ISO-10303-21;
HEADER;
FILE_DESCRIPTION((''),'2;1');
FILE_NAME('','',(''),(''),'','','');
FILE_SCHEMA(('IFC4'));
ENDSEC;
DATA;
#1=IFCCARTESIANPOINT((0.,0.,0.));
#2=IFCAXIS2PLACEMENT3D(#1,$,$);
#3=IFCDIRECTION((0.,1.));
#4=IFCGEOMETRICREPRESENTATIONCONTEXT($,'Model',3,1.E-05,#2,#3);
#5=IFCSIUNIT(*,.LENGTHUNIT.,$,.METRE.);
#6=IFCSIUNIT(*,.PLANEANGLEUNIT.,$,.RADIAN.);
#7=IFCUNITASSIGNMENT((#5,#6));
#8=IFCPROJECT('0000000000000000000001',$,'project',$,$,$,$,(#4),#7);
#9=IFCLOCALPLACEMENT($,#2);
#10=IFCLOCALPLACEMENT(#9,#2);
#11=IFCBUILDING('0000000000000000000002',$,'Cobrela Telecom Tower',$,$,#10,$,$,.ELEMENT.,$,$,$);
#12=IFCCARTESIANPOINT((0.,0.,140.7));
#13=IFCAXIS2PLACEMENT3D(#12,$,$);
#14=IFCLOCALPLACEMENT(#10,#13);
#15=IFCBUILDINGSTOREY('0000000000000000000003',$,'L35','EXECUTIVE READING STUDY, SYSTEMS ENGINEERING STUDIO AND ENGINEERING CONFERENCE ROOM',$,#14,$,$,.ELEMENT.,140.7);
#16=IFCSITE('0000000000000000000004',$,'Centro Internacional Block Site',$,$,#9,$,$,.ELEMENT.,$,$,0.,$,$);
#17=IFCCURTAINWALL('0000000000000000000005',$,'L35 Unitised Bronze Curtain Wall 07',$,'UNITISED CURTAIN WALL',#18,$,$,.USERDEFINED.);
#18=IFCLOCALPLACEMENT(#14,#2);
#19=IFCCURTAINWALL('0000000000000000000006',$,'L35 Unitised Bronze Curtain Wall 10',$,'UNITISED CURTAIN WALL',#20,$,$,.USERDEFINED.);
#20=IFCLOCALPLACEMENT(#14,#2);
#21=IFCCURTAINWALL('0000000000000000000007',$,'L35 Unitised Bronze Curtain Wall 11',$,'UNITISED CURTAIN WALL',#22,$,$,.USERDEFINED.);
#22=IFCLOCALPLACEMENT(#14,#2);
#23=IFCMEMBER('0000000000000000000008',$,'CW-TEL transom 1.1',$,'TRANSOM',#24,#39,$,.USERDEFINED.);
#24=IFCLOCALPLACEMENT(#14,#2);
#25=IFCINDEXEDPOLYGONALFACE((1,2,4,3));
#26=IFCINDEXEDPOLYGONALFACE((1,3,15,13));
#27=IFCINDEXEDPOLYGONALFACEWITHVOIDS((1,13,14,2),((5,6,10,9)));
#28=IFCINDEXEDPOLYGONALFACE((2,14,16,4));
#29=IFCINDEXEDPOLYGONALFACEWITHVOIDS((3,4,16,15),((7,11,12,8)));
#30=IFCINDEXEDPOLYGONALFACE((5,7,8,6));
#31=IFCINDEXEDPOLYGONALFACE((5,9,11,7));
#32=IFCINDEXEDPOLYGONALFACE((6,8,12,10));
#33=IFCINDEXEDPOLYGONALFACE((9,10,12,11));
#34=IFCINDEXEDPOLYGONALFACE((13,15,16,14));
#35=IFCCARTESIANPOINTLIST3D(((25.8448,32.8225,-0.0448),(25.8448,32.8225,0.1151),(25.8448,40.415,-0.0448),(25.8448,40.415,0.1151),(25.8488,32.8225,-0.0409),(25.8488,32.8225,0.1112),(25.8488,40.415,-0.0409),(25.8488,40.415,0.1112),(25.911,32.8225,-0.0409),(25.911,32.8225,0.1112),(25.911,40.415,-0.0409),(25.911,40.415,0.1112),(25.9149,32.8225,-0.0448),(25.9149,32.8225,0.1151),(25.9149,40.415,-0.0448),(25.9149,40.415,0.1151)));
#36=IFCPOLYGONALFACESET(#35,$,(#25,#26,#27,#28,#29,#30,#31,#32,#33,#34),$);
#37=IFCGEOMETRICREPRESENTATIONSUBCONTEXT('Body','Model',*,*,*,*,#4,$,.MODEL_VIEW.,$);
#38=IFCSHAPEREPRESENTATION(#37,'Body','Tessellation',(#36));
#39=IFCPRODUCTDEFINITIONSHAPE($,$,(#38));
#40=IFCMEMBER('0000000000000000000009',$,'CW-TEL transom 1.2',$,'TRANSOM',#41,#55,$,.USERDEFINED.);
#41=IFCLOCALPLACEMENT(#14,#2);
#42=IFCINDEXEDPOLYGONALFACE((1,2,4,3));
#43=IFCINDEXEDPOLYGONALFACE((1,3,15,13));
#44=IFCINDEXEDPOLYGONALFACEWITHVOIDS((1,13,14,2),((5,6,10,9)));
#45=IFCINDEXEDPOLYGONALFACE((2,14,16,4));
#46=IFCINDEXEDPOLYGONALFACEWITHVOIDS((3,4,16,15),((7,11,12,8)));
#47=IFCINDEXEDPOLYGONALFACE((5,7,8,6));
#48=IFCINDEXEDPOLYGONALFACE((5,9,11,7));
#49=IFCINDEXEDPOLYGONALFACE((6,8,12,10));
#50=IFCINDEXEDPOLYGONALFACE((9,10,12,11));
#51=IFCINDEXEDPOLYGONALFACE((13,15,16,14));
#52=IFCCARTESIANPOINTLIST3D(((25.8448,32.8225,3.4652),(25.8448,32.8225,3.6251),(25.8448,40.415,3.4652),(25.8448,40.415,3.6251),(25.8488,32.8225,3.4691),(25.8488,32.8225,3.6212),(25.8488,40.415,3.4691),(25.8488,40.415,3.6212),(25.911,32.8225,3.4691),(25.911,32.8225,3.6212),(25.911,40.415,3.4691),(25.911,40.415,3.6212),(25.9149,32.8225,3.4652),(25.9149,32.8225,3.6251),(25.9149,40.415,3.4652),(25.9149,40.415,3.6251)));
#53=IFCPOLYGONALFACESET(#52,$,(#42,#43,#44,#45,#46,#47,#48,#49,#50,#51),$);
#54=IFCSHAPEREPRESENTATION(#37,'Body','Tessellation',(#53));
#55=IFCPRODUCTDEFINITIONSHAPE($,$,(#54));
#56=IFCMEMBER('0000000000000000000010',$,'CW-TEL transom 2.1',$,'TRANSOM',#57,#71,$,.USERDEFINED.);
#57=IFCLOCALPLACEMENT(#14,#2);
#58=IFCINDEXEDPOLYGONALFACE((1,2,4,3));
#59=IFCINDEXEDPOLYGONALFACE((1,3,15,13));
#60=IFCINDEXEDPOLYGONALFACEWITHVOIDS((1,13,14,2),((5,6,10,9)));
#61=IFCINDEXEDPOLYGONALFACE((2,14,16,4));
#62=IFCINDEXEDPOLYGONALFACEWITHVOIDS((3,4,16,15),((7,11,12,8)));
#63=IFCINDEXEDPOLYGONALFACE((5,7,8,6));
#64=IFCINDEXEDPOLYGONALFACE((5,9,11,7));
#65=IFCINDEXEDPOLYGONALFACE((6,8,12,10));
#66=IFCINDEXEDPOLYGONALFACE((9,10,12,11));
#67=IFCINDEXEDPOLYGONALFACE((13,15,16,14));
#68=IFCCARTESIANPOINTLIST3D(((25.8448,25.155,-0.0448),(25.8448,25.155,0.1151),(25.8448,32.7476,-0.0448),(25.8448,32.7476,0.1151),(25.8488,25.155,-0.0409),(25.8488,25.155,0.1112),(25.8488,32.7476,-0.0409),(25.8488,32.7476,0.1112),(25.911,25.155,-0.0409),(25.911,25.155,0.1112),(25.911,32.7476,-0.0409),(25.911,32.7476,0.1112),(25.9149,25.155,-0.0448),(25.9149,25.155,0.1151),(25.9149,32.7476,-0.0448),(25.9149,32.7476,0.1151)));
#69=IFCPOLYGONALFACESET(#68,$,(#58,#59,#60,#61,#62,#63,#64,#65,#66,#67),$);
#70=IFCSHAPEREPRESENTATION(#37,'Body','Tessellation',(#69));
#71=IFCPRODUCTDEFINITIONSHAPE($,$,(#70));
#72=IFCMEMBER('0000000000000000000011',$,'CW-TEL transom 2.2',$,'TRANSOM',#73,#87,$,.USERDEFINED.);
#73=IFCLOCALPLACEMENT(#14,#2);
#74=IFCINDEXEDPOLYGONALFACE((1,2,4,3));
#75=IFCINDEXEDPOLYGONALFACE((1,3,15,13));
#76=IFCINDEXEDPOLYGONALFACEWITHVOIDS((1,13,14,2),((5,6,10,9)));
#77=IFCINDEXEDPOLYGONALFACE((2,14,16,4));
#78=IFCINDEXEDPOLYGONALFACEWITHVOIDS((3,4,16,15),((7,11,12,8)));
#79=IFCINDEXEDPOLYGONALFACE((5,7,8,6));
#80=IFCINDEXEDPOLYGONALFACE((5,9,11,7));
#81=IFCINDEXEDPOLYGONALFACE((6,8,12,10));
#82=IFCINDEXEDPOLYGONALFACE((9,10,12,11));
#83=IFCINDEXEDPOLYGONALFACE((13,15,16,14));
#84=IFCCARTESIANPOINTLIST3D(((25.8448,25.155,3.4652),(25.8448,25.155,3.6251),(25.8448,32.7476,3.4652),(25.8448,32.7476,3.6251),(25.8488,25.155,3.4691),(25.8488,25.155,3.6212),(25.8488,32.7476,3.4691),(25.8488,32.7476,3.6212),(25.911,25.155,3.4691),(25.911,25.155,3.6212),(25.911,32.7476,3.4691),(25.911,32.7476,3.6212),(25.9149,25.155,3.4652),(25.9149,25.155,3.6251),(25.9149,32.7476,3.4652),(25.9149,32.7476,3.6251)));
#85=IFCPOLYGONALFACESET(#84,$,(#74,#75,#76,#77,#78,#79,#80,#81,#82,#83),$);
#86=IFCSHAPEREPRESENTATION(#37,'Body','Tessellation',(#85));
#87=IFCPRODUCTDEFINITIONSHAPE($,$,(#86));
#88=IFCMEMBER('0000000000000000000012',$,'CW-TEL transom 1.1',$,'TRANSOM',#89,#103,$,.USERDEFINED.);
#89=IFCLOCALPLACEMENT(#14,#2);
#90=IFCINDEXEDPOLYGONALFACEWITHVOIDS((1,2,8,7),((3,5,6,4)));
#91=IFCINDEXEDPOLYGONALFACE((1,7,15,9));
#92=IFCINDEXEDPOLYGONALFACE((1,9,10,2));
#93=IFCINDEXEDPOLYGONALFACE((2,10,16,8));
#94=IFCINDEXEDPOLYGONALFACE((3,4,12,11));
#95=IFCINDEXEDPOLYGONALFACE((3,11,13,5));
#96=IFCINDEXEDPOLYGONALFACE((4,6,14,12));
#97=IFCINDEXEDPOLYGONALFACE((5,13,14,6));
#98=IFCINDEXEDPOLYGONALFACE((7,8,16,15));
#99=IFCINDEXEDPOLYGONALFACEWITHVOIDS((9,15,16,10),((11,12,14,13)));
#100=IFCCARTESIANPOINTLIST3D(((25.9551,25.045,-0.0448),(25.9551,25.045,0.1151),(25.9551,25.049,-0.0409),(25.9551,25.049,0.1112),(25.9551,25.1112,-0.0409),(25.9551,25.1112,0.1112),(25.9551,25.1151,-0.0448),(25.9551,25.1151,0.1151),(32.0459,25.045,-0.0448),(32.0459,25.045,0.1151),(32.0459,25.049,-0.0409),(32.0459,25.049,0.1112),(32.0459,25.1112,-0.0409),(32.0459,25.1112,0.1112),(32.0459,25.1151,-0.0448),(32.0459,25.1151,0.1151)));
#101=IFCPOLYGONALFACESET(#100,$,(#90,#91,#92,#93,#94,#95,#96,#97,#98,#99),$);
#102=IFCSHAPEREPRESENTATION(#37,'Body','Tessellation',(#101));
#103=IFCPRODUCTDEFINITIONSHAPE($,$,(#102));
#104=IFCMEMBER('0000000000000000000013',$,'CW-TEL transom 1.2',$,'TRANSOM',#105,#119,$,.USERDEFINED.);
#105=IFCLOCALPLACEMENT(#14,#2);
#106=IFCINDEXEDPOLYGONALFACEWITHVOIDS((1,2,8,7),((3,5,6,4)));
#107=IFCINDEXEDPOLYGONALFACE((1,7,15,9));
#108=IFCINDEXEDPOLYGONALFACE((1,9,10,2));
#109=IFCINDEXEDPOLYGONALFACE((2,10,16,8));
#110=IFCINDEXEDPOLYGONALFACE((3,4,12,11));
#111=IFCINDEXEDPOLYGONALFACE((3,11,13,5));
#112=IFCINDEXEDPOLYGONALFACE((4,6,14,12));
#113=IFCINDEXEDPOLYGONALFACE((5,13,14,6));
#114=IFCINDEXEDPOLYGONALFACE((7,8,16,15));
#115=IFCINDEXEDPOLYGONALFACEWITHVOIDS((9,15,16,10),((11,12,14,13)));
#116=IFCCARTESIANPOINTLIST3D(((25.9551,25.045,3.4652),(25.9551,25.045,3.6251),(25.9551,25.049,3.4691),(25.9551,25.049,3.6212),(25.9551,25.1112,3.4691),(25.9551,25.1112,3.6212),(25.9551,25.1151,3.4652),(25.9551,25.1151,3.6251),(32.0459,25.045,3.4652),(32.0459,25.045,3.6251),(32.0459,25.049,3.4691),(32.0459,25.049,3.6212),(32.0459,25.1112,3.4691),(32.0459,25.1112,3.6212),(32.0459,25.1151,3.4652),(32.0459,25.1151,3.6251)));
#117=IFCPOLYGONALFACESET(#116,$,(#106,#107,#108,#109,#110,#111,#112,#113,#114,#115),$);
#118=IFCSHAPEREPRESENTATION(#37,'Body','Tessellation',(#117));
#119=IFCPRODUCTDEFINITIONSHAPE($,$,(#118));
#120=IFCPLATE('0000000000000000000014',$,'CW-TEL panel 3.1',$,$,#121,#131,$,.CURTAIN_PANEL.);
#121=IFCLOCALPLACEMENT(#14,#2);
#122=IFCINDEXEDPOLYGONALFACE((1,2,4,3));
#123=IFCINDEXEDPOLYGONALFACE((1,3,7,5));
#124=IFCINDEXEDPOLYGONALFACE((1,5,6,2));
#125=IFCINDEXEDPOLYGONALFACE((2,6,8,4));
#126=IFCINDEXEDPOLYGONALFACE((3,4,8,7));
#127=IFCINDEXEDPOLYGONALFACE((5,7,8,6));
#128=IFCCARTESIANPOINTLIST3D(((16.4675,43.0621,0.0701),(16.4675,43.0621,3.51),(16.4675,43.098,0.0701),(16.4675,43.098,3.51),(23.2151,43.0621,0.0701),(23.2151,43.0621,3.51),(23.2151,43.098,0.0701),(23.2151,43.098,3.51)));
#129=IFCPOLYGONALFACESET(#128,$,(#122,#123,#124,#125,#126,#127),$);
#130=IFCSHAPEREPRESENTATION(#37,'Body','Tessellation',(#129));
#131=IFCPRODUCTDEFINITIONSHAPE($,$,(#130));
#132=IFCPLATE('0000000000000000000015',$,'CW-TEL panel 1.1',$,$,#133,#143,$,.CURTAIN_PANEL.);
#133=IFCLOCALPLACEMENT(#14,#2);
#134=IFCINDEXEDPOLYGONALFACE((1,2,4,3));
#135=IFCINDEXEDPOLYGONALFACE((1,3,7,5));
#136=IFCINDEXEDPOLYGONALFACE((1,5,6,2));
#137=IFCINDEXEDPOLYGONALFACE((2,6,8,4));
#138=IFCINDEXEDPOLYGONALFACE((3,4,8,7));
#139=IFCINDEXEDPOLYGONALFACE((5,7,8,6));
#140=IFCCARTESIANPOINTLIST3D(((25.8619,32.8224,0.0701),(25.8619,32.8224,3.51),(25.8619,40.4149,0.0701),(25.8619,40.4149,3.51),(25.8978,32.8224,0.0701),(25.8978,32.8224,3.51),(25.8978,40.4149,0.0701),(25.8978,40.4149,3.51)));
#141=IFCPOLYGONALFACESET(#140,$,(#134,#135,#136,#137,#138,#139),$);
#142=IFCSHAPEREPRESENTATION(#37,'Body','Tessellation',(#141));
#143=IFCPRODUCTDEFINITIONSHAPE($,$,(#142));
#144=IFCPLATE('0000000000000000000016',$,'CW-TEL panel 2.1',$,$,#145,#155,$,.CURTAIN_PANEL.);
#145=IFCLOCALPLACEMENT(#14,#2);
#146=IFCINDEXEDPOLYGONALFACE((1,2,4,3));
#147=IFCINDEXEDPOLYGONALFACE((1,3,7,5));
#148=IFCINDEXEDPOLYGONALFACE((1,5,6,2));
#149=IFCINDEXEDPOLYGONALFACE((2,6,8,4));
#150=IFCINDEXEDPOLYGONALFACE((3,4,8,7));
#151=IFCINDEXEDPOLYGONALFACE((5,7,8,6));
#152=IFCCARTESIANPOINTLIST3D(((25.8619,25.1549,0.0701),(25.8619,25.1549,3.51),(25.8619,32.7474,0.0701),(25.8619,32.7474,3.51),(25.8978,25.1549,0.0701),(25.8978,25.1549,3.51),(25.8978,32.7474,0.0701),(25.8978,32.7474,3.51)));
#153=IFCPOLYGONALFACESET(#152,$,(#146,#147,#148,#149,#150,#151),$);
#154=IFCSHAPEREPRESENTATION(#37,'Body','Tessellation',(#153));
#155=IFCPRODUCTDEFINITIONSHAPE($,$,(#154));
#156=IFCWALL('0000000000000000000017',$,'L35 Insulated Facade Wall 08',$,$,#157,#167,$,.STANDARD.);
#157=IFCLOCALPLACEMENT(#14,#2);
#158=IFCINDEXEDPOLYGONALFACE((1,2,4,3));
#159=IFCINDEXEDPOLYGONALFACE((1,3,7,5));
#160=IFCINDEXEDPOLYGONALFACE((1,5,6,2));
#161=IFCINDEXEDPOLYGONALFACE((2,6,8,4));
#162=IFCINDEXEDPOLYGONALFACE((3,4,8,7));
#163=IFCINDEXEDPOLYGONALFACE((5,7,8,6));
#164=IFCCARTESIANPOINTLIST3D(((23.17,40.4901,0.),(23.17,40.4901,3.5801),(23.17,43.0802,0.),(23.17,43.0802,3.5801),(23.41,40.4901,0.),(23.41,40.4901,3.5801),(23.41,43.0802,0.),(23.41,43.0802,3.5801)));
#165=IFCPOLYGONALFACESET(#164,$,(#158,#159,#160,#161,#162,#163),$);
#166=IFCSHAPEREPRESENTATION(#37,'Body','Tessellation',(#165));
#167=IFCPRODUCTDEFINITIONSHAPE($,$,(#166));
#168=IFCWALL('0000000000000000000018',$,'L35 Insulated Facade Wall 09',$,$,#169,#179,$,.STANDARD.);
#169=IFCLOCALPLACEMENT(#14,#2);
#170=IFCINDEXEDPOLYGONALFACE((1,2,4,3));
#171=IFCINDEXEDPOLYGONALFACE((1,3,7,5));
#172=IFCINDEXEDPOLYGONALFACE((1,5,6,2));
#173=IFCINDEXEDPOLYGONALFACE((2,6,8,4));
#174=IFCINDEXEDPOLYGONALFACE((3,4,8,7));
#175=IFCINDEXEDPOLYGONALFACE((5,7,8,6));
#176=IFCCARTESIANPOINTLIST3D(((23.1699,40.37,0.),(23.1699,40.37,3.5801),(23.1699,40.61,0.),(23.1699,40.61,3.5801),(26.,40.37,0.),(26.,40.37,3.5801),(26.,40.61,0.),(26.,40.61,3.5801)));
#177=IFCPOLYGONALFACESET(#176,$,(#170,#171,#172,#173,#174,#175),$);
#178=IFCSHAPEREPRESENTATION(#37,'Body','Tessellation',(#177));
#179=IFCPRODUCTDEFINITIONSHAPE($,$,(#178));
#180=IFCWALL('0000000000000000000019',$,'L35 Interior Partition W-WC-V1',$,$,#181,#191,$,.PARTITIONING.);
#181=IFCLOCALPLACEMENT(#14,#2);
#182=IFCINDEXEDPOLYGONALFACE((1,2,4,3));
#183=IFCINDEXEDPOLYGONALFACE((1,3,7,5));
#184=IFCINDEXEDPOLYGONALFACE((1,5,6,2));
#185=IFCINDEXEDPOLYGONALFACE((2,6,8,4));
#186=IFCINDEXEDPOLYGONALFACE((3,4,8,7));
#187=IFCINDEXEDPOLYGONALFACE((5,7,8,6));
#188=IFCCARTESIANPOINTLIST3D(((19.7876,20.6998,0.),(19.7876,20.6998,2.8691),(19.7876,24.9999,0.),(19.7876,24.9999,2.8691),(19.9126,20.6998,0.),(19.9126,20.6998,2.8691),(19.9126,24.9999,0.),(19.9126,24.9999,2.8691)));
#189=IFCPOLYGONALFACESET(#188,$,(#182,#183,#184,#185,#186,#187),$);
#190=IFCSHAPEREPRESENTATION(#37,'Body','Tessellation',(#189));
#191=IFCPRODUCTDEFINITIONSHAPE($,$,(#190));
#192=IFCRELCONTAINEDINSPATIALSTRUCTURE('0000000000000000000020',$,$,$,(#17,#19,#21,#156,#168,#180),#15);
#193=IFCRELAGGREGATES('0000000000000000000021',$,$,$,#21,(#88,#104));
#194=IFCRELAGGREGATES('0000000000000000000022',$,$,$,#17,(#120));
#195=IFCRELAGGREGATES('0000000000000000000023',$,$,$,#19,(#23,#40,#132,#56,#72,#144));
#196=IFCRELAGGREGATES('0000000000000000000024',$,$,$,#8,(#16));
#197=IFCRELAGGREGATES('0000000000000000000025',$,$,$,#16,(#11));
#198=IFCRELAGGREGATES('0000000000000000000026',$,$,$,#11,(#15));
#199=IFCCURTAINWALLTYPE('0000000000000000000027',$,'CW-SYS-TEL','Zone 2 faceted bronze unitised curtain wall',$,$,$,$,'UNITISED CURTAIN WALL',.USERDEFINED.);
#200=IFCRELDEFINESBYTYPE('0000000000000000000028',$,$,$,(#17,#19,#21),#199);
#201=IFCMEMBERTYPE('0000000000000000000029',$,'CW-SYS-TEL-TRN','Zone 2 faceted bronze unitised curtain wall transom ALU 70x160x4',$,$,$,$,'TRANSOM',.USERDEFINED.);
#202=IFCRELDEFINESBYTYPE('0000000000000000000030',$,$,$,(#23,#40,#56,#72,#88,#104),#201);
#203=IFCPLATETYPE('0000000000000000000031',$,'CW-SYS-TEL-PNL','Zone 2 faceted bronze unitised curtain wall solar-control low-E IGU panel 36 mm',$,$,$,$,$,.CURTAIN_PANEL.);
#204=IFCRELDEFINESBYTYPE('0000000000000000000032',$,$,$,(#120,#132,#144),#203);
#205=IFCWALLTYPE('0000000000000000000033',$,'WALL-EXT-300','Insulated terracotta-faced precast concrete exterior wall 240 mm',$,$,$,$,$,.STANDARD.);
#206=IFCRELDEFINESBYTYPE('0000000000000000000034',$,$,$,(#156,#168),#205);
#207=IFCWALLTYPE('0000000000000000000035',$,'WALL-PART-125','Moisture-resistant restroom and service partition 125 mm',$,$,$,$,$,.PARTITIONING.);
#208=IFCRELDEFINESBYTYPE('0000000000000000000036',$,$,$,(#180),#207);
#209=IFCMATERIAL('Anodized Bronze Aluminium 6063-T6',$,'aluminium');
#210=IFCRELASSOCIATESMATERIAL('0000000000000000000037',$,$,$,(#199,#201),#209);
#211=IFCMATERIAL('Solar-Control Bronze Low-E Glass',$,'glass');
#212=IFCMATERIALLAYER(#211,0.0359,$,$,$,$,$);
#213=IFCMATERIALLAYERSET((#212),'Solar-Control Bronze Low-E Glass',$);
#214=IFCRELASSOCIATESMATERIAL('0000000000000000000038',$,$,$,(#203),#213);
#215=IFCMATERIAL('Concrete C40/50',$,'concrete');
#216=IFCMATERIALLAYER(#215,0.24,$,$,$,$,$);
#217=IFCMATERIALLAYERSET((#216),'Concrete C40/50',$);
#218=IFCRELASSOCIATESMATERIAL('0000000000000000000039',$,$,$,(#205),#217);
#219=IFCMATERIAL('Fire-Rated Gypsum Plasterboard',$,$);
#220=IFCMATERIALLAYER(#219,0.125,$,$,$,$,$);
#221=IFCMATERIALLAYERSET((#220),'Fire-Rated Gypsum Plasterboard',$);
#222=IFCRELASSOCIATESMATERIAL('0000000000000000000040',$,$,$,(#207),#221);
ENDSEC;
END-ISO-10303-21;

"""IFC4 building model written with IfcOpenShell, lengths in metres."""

from ifc_helpers import new_model, si_unit, direction, frame, frame_2d, origin, origin_2d, place, context, subcontext, project, spatial, rectangle, hollow_rectangle, extrude, material, layer, layer_set, material_profile, profile_set, type_object, element, aggregate, save


model = new_model("IFC4")

# Units and contexts
model_context = context("Model", 3, precision=1e-05, world=origin(), true_north=direction((0.0, 1.0)))
body_context = subcontext(model_context, "Body", "Model", "MODEL_VIEW")
ifc_project = project(units=[si_unit("LENGTHUNIT", "METRE"), si_unit("PLANEANGLEUNIT", "RADIAN")], contexts=[model_context])

# Site, building, storey
site_placement = place(None, origin())
site = spatial("IfcSite", under=ifc_project, at=site_placement, Name="Centro Internacional Block Site", CompositionType="ELEMENT", RefElevation=0.0)
building_placement = place(site_placement, origin())
building = spatial("IfcBuilding", under=site, at=building_placement, Name="Cobrela Telecom Tower", CompositionType="ELEMENT")
storey_placement = place(building_placement, frame((0.0, 0.0, 140.7)))
storey = spatial("IfcBuildingStorey", under=building, at=storey_placement, Name="L35", Description="EXECUTIVE READING STUDY, SYSTEMS ENGINEERING STUDIO AND ENGINEERING CONFERENCE ROOM", CompositionType="ELEMENT", Elevation=140.7)

# Curtain wall
ifc_material_1 = material(Name="Anodized Bronze Aluminium 6063-T6", Category="aluminium")
curtain_wall_type = type_object("IfcCurtainWallType", Name="CW-SYS-TEL", Description="Zone 2 faceted bronze unitised curtain wall", ElementType="UNITISED CURTAIN WALL", PredefinedType="USERDEFINED", material=ifc_material_1)
curtain_wall_1_placement = place(storey_placement, origin())
curtain_wall_1 = element("IfcCurtainWall", 1, at=curtain_wall_1_placement, inside=storey, type_object=curtain_wall_type, Name="L35 Unitised Bronze Curtain Wall 07", ObjectType="UNITISED CURTAIN WALL", PredefinedType="USERDEFINED")

# Curtain wall
curtain_wall_2_placement = place(storey_placement, origin())
curtain_wall_2 = element("IfcCurtainWall", 2, at=curtain_wall_2_placement, inside=storey, type_object=curtain_wall_type, Name="L35 Unitised Bronze Curtain Wall 10", ObjectType="UNITISED CURTAIN WALL", PredefinedType="USERDEFINED")

# Curtain wall
curtain_wall_3_placement = place(storey_placement, origin())
curtain_wall_3 = element("IfcCurtainWall", 3, at=curtain_wall_3_placement, inside=storey, type_object=curtain_wall_type, Name="L35 Unitised Bronze Curtain Wall 11", ObjectType="UNITISED CURTAIN WALL", PredefinedType="USERDEFINED")

# Members
ifc_material_profile_1 = material_profile(ifc_material_1, hollow_rectangle(XDim=0.0701, YDim=0.1599, WallThickness=0.0039, at=origin_2d()), Name="ALU 70x160x4")
ifc_profile_set_1 = profile_set([ifc_material_profile_1], Name="Anodized Bronze Aluminium 6063-T6")
member_type_1 = type_object("IfcMemberType", Name="CW-SYS-TEL-TRN", Description="Zone 2 faceted bronze unitised curtain wall transom ALU 70x160x4", ElementType="TRANSOM", PredefinedType="USERDEFINED", material=ifc_profile_set_1)
member_1_placement = place(storey_placement, frame((25.8799, 40.415, 0.0352), z_axis=(0.0, -1.0, 0.0), x_axis=(1.0, 0.0, 0.0)))
member_1 = element("IfcMember", 4, at=member_1_placement, type_object=member_type_1, Name="CW-TEL transom 1.1", ObjectType="TRANSOM", PredefinedType="USERDEFINED", context=body_context, shape_type="SweptSolid", body=[
    extrude(hollow_rectangle(XDim=0.0701, YDim=0.1599, WallThickness=0.0039, at=origin_2d()), origin(), (0.0, 0.0, 1.0), 7.5925),
])
member_2_placement = place(storey_placement, frame((25.8799, 40.415, 3.5452), z_axis=(0.0, -1.0, 0.0), x_axis=(1.0, 0.0, 0.0)))
member_2 = element("IfcMember", 5, at=member_2_placement, type_object=member_type_1, Name="CW-TEL transom 1.2", ObjectType="TRANSOM", PredefinedType="USERDEFINED", context=body_context, shape_type="SweptSolid", body=[
    extrude(hollow_rectangle(XDim=0.0701, YDim=0.1599, WallThickness=0.0039, at=origin_2d()), origin(), (0.0, 0.0, 1.0), 7.5925),
])
member_3_placement = place(storey_placement, frame((25.8799, 32.7476, 0.0352), z_axis=(0.0, -1.0, 0.0), x_axis=(1.0, 0.0, 0.0)))
member_3 = element("IfcMember", 6, at=member_3_placement, type_object=member_type_1, Name="CW-TEL transom 2.1", ObjectType="TRANSOM", PredefinedType="USERDEFINED", context=body_context, shape_type="SweptSolid", body=[
    extrude(hollow_rectangle(XDim=0.0701, YDim=0.1599, WallThickness=0.0039, at=origin_2d()), origin(), (0.0, 0.0, 1.0), 7.5925),
])
member_4_placement = place(storey_placement, frame((25.8799, 32.7476, 3.5452), z_axis=(0.0, -1.0, 0.0), x_axis=(1.0, 0.0, 0.0)))
member_4 = element("IfcMember", 7, at=member_4_placement, type_object=member_type_1, Name="CW-TEL transom 2.2", ObjectType="TRANSOM", PredefinedType="USERDEFINED", context=body_context, shape_type="SweptSolid", body=[
    extrude(hollow_rectangle(XDim=0.0701, YDim=0.1599, WallThickness=0.0039, at=origin_2d()), origin(), (0.0, 0.0, 1.0), 7.5925),
])
member_5_placement = place(storey_placement, frame((25.9551, 25.0801, 0.0352), z_axis=(1.0, 0.0, 0.0), x_axis=(0.0, 1.0, 0.0)))
member_5 = element("IfcMember", 8, at=member_5_placement, type_object=member_type_1, Name="CW-TEL transom 1.1", ObjectType="TRANSOM", PredefinedType="USERDEFINED", context=body_context, shape_type="SweptSolid", body=[
    extrude(hollow_rectangle(XDim=0.0701, YDim=0.1599, WallThickness=0.0039, at=origin_2d()), origin(), (0.0, 0.0, 1.0), 6.0908),
])
member_6_placement = place(storey_placement, frame((25.9551, 25.0801, 3.5452), z_axis=(1.0, 0.0, 0.0), x_axis=(0.0, 1.0, 0.0)))
member_6 = element("IfcMember", 9, at=member_6_placement, type_object=member_type_1, Name="CW-TEL transom 1.2", ObjectType="TRANSOM", PredefinedType="USERDEFINED", context=body_context, shape_type="SweptSolid", body=[
    extrude(hollow_rectangle(XDim=0.0701, YDim=0.1599, WallThickness=0.0039, at=origin_2d()), origin(), (0.0, 0.0, 1.0), 6.0908),
])
aggregate(curtain_wall_3, [member_5, member_6])

# Plates
ifc_material_2 = material(Name="Solar-Control Bronze Low-E Glass", Category="glass")
ifc_layer_1 = layer(ifc_material_2, 0.0359)
ifc_layer_set_1 = layer_set([ifc_layer_1], Name="Solar-Control Bronze Low-E Glass")
plate_type = type_object("IfcPlateType", Name="CW-SYS-TEL-PNL", Description="Zone 2 faceted bronze unitised curtain wall solar-control low-E IGU panel 36 mm", PredefinedType="CURTAIN_PANEL", material=ifc_layer_set_1)
plate_1_placement = place(storey_placement, frame((19.8413, 43.0801, 0.0701), z_axis=(0.0, 0.0, 1.0), x_axis=(1.0, 0.0, 0.0)))
plate_1 = element("IfcPlate", 10, at=plate_1_placement, type_object=plate_type, Name="CW-TEL panel 3.1", PredefinedType="CURTAIN_PANEL", context=body_context, shape_type="SweptSolid", body=[
    extrude(rectangle(XDim=6.7476, YDim=0.0359, at=origin_2d()), origin(), (0.0, 0.0, 1.0), 3.4399),
])
aggregate(curtain_wall_1, [plate_1])
plate_2_placement = place(storey_placement, frame((25.8799, 36.6187, 0.0701), z_axis=(0.0, 0.0, 1.0), x_axis=(0.0, -1.0, 0.0)))
plate_2 = element("IfcPlate", 11, at=plate_2_placement, type_object=plate_type, Name="CW-TEL panel 1.1", PredefinedType="CURTAIN_PANEL", context=body_context, shape_type="SweptSolid", body=[
    extrude(rectangle(XDim=7.5925, YDim=0.0359, at=origin_2d()), origin(), (0.0, 0.0, 1.0), 3.4399),
])
plate_3_placement = place(storey_placement, frame((25.8799, 28.9512, 0.0701), z_axis=(0.0, 0.0, 1.0), x_axis=(0.0, -1.0, 0.0)))
plate_3 = element("IfcPlate", 12, at=plate_3_placement, type_object=plate_type, Name="CW-TEL panel 2.1", PredefinedType="CURTAIN_PANEL", context=body_context, shape_type="SweptSolid", body=[
    extrude(rectangle(XDim=7.5925, YDim=0.0359, at=origin_2d()), origin(), (0.0, 0.0, 1.0), 3.4399),
])
aggregate(curtain_wall_2, [member_1, member_2, plate_2, member_3, member_4, plate_3])

# Walls
ifc_material_3 = material(Name="Concrete C40/50", Category="concrete")
ifc_layer_2 = layer(ifc_material_3, 0.24)
ifc_layer_set_2 = layer_set([ifc_layer_2], Name="Concrete C40/50")
wall_type_1 = type_object("IfcWallType", Name="WALL-EXT-300", Description="Insulated terracotta-faced precast concrete exterior wall 240 mm", PredefinedType="STANDARD", material=ifc_layer_set_2)
wall_1_placement = place(storey_placement, frame((23.29, 43.0801, 0.0), z_axis=(0.0, 0.0, 1.0), x_axis=(0.0, -1.0, 0.0)))
element("IfcWall", 13, at=wall_1_placement, inside=storey, type_object=wall_type_1, Name="L35 Insulated Facade Wall 08", PredefinedType="STANDARD", context=body_context, shape_type="SweptSolid", body=[
    extrude(rectangle(XDim=2.5901, YDim=0.24, at=frame_2d((1.2949, 0.0))), origin(), (0.0, 0.0, 1.0), 3.5801),
])
wall_2_placement = place(storey_placement, frame((23.1699, 40.49, 0.0), z_axis=(0.0, 0.0, 1.0), x_axis=(1.0, 0.0, 0.0)))
element("IfcWall", 14, at=wall_2_placement, inside=storey, type_object=wall_type_1, Name="L35 Insulated Facade Wall 09", PredefinedType="STANDARD", context=body_context, shape_type="SweptSolid", body=[
    extrude(rectangle(XDim=2.8301, YDim=0.24, at=frame_2d((1.415, 0.0))), origin(), (0.0, 0.0, 1.0), 3.5801),
])
ifc_material_4 = material(Name="Fire-Rated Gypsum Plasterboard")
ifc_layer_3 = layer(ifc_material_4, 0.125)
ifc_layer_set_3 = layer_set([ifc_layer_3], Name="Fire-Rated Gypsum Plasterboard")
wall_type_2 = type_object("IfcWallType", Name="WALL-PART-125", Description="Moisture-resistant restroom and service partition 125 mm", PredefinedType="PARTITIONING", material=ifc_layer_set_3)
for number, where, z_axis, x_axis, name in (
    (15, (19.8501, 20.7, 0.0), (0.0, 0.0, 1.0), (0.0, 1.0, 0.0), "L35 Interior Partition W-WC-V1"),
):
    element("IfcWall", number, at=place(storey_placement, frame(where, z_axis=z_axis, x_axis=x_axis)), inside=storey, type_object=wall_type_2, Name=name, PredefinedType="PARTITIONING", context=body_context, shape_type="SweptSolid", body=[
        extrude(rectangle(XDim=4.3, YDim=0.125, at=frame_2d((2.1499, 0.0))), origin(), (0.0, 0.0, 1.0), 2.8691),
    ])

save(model, "model.ifc")
